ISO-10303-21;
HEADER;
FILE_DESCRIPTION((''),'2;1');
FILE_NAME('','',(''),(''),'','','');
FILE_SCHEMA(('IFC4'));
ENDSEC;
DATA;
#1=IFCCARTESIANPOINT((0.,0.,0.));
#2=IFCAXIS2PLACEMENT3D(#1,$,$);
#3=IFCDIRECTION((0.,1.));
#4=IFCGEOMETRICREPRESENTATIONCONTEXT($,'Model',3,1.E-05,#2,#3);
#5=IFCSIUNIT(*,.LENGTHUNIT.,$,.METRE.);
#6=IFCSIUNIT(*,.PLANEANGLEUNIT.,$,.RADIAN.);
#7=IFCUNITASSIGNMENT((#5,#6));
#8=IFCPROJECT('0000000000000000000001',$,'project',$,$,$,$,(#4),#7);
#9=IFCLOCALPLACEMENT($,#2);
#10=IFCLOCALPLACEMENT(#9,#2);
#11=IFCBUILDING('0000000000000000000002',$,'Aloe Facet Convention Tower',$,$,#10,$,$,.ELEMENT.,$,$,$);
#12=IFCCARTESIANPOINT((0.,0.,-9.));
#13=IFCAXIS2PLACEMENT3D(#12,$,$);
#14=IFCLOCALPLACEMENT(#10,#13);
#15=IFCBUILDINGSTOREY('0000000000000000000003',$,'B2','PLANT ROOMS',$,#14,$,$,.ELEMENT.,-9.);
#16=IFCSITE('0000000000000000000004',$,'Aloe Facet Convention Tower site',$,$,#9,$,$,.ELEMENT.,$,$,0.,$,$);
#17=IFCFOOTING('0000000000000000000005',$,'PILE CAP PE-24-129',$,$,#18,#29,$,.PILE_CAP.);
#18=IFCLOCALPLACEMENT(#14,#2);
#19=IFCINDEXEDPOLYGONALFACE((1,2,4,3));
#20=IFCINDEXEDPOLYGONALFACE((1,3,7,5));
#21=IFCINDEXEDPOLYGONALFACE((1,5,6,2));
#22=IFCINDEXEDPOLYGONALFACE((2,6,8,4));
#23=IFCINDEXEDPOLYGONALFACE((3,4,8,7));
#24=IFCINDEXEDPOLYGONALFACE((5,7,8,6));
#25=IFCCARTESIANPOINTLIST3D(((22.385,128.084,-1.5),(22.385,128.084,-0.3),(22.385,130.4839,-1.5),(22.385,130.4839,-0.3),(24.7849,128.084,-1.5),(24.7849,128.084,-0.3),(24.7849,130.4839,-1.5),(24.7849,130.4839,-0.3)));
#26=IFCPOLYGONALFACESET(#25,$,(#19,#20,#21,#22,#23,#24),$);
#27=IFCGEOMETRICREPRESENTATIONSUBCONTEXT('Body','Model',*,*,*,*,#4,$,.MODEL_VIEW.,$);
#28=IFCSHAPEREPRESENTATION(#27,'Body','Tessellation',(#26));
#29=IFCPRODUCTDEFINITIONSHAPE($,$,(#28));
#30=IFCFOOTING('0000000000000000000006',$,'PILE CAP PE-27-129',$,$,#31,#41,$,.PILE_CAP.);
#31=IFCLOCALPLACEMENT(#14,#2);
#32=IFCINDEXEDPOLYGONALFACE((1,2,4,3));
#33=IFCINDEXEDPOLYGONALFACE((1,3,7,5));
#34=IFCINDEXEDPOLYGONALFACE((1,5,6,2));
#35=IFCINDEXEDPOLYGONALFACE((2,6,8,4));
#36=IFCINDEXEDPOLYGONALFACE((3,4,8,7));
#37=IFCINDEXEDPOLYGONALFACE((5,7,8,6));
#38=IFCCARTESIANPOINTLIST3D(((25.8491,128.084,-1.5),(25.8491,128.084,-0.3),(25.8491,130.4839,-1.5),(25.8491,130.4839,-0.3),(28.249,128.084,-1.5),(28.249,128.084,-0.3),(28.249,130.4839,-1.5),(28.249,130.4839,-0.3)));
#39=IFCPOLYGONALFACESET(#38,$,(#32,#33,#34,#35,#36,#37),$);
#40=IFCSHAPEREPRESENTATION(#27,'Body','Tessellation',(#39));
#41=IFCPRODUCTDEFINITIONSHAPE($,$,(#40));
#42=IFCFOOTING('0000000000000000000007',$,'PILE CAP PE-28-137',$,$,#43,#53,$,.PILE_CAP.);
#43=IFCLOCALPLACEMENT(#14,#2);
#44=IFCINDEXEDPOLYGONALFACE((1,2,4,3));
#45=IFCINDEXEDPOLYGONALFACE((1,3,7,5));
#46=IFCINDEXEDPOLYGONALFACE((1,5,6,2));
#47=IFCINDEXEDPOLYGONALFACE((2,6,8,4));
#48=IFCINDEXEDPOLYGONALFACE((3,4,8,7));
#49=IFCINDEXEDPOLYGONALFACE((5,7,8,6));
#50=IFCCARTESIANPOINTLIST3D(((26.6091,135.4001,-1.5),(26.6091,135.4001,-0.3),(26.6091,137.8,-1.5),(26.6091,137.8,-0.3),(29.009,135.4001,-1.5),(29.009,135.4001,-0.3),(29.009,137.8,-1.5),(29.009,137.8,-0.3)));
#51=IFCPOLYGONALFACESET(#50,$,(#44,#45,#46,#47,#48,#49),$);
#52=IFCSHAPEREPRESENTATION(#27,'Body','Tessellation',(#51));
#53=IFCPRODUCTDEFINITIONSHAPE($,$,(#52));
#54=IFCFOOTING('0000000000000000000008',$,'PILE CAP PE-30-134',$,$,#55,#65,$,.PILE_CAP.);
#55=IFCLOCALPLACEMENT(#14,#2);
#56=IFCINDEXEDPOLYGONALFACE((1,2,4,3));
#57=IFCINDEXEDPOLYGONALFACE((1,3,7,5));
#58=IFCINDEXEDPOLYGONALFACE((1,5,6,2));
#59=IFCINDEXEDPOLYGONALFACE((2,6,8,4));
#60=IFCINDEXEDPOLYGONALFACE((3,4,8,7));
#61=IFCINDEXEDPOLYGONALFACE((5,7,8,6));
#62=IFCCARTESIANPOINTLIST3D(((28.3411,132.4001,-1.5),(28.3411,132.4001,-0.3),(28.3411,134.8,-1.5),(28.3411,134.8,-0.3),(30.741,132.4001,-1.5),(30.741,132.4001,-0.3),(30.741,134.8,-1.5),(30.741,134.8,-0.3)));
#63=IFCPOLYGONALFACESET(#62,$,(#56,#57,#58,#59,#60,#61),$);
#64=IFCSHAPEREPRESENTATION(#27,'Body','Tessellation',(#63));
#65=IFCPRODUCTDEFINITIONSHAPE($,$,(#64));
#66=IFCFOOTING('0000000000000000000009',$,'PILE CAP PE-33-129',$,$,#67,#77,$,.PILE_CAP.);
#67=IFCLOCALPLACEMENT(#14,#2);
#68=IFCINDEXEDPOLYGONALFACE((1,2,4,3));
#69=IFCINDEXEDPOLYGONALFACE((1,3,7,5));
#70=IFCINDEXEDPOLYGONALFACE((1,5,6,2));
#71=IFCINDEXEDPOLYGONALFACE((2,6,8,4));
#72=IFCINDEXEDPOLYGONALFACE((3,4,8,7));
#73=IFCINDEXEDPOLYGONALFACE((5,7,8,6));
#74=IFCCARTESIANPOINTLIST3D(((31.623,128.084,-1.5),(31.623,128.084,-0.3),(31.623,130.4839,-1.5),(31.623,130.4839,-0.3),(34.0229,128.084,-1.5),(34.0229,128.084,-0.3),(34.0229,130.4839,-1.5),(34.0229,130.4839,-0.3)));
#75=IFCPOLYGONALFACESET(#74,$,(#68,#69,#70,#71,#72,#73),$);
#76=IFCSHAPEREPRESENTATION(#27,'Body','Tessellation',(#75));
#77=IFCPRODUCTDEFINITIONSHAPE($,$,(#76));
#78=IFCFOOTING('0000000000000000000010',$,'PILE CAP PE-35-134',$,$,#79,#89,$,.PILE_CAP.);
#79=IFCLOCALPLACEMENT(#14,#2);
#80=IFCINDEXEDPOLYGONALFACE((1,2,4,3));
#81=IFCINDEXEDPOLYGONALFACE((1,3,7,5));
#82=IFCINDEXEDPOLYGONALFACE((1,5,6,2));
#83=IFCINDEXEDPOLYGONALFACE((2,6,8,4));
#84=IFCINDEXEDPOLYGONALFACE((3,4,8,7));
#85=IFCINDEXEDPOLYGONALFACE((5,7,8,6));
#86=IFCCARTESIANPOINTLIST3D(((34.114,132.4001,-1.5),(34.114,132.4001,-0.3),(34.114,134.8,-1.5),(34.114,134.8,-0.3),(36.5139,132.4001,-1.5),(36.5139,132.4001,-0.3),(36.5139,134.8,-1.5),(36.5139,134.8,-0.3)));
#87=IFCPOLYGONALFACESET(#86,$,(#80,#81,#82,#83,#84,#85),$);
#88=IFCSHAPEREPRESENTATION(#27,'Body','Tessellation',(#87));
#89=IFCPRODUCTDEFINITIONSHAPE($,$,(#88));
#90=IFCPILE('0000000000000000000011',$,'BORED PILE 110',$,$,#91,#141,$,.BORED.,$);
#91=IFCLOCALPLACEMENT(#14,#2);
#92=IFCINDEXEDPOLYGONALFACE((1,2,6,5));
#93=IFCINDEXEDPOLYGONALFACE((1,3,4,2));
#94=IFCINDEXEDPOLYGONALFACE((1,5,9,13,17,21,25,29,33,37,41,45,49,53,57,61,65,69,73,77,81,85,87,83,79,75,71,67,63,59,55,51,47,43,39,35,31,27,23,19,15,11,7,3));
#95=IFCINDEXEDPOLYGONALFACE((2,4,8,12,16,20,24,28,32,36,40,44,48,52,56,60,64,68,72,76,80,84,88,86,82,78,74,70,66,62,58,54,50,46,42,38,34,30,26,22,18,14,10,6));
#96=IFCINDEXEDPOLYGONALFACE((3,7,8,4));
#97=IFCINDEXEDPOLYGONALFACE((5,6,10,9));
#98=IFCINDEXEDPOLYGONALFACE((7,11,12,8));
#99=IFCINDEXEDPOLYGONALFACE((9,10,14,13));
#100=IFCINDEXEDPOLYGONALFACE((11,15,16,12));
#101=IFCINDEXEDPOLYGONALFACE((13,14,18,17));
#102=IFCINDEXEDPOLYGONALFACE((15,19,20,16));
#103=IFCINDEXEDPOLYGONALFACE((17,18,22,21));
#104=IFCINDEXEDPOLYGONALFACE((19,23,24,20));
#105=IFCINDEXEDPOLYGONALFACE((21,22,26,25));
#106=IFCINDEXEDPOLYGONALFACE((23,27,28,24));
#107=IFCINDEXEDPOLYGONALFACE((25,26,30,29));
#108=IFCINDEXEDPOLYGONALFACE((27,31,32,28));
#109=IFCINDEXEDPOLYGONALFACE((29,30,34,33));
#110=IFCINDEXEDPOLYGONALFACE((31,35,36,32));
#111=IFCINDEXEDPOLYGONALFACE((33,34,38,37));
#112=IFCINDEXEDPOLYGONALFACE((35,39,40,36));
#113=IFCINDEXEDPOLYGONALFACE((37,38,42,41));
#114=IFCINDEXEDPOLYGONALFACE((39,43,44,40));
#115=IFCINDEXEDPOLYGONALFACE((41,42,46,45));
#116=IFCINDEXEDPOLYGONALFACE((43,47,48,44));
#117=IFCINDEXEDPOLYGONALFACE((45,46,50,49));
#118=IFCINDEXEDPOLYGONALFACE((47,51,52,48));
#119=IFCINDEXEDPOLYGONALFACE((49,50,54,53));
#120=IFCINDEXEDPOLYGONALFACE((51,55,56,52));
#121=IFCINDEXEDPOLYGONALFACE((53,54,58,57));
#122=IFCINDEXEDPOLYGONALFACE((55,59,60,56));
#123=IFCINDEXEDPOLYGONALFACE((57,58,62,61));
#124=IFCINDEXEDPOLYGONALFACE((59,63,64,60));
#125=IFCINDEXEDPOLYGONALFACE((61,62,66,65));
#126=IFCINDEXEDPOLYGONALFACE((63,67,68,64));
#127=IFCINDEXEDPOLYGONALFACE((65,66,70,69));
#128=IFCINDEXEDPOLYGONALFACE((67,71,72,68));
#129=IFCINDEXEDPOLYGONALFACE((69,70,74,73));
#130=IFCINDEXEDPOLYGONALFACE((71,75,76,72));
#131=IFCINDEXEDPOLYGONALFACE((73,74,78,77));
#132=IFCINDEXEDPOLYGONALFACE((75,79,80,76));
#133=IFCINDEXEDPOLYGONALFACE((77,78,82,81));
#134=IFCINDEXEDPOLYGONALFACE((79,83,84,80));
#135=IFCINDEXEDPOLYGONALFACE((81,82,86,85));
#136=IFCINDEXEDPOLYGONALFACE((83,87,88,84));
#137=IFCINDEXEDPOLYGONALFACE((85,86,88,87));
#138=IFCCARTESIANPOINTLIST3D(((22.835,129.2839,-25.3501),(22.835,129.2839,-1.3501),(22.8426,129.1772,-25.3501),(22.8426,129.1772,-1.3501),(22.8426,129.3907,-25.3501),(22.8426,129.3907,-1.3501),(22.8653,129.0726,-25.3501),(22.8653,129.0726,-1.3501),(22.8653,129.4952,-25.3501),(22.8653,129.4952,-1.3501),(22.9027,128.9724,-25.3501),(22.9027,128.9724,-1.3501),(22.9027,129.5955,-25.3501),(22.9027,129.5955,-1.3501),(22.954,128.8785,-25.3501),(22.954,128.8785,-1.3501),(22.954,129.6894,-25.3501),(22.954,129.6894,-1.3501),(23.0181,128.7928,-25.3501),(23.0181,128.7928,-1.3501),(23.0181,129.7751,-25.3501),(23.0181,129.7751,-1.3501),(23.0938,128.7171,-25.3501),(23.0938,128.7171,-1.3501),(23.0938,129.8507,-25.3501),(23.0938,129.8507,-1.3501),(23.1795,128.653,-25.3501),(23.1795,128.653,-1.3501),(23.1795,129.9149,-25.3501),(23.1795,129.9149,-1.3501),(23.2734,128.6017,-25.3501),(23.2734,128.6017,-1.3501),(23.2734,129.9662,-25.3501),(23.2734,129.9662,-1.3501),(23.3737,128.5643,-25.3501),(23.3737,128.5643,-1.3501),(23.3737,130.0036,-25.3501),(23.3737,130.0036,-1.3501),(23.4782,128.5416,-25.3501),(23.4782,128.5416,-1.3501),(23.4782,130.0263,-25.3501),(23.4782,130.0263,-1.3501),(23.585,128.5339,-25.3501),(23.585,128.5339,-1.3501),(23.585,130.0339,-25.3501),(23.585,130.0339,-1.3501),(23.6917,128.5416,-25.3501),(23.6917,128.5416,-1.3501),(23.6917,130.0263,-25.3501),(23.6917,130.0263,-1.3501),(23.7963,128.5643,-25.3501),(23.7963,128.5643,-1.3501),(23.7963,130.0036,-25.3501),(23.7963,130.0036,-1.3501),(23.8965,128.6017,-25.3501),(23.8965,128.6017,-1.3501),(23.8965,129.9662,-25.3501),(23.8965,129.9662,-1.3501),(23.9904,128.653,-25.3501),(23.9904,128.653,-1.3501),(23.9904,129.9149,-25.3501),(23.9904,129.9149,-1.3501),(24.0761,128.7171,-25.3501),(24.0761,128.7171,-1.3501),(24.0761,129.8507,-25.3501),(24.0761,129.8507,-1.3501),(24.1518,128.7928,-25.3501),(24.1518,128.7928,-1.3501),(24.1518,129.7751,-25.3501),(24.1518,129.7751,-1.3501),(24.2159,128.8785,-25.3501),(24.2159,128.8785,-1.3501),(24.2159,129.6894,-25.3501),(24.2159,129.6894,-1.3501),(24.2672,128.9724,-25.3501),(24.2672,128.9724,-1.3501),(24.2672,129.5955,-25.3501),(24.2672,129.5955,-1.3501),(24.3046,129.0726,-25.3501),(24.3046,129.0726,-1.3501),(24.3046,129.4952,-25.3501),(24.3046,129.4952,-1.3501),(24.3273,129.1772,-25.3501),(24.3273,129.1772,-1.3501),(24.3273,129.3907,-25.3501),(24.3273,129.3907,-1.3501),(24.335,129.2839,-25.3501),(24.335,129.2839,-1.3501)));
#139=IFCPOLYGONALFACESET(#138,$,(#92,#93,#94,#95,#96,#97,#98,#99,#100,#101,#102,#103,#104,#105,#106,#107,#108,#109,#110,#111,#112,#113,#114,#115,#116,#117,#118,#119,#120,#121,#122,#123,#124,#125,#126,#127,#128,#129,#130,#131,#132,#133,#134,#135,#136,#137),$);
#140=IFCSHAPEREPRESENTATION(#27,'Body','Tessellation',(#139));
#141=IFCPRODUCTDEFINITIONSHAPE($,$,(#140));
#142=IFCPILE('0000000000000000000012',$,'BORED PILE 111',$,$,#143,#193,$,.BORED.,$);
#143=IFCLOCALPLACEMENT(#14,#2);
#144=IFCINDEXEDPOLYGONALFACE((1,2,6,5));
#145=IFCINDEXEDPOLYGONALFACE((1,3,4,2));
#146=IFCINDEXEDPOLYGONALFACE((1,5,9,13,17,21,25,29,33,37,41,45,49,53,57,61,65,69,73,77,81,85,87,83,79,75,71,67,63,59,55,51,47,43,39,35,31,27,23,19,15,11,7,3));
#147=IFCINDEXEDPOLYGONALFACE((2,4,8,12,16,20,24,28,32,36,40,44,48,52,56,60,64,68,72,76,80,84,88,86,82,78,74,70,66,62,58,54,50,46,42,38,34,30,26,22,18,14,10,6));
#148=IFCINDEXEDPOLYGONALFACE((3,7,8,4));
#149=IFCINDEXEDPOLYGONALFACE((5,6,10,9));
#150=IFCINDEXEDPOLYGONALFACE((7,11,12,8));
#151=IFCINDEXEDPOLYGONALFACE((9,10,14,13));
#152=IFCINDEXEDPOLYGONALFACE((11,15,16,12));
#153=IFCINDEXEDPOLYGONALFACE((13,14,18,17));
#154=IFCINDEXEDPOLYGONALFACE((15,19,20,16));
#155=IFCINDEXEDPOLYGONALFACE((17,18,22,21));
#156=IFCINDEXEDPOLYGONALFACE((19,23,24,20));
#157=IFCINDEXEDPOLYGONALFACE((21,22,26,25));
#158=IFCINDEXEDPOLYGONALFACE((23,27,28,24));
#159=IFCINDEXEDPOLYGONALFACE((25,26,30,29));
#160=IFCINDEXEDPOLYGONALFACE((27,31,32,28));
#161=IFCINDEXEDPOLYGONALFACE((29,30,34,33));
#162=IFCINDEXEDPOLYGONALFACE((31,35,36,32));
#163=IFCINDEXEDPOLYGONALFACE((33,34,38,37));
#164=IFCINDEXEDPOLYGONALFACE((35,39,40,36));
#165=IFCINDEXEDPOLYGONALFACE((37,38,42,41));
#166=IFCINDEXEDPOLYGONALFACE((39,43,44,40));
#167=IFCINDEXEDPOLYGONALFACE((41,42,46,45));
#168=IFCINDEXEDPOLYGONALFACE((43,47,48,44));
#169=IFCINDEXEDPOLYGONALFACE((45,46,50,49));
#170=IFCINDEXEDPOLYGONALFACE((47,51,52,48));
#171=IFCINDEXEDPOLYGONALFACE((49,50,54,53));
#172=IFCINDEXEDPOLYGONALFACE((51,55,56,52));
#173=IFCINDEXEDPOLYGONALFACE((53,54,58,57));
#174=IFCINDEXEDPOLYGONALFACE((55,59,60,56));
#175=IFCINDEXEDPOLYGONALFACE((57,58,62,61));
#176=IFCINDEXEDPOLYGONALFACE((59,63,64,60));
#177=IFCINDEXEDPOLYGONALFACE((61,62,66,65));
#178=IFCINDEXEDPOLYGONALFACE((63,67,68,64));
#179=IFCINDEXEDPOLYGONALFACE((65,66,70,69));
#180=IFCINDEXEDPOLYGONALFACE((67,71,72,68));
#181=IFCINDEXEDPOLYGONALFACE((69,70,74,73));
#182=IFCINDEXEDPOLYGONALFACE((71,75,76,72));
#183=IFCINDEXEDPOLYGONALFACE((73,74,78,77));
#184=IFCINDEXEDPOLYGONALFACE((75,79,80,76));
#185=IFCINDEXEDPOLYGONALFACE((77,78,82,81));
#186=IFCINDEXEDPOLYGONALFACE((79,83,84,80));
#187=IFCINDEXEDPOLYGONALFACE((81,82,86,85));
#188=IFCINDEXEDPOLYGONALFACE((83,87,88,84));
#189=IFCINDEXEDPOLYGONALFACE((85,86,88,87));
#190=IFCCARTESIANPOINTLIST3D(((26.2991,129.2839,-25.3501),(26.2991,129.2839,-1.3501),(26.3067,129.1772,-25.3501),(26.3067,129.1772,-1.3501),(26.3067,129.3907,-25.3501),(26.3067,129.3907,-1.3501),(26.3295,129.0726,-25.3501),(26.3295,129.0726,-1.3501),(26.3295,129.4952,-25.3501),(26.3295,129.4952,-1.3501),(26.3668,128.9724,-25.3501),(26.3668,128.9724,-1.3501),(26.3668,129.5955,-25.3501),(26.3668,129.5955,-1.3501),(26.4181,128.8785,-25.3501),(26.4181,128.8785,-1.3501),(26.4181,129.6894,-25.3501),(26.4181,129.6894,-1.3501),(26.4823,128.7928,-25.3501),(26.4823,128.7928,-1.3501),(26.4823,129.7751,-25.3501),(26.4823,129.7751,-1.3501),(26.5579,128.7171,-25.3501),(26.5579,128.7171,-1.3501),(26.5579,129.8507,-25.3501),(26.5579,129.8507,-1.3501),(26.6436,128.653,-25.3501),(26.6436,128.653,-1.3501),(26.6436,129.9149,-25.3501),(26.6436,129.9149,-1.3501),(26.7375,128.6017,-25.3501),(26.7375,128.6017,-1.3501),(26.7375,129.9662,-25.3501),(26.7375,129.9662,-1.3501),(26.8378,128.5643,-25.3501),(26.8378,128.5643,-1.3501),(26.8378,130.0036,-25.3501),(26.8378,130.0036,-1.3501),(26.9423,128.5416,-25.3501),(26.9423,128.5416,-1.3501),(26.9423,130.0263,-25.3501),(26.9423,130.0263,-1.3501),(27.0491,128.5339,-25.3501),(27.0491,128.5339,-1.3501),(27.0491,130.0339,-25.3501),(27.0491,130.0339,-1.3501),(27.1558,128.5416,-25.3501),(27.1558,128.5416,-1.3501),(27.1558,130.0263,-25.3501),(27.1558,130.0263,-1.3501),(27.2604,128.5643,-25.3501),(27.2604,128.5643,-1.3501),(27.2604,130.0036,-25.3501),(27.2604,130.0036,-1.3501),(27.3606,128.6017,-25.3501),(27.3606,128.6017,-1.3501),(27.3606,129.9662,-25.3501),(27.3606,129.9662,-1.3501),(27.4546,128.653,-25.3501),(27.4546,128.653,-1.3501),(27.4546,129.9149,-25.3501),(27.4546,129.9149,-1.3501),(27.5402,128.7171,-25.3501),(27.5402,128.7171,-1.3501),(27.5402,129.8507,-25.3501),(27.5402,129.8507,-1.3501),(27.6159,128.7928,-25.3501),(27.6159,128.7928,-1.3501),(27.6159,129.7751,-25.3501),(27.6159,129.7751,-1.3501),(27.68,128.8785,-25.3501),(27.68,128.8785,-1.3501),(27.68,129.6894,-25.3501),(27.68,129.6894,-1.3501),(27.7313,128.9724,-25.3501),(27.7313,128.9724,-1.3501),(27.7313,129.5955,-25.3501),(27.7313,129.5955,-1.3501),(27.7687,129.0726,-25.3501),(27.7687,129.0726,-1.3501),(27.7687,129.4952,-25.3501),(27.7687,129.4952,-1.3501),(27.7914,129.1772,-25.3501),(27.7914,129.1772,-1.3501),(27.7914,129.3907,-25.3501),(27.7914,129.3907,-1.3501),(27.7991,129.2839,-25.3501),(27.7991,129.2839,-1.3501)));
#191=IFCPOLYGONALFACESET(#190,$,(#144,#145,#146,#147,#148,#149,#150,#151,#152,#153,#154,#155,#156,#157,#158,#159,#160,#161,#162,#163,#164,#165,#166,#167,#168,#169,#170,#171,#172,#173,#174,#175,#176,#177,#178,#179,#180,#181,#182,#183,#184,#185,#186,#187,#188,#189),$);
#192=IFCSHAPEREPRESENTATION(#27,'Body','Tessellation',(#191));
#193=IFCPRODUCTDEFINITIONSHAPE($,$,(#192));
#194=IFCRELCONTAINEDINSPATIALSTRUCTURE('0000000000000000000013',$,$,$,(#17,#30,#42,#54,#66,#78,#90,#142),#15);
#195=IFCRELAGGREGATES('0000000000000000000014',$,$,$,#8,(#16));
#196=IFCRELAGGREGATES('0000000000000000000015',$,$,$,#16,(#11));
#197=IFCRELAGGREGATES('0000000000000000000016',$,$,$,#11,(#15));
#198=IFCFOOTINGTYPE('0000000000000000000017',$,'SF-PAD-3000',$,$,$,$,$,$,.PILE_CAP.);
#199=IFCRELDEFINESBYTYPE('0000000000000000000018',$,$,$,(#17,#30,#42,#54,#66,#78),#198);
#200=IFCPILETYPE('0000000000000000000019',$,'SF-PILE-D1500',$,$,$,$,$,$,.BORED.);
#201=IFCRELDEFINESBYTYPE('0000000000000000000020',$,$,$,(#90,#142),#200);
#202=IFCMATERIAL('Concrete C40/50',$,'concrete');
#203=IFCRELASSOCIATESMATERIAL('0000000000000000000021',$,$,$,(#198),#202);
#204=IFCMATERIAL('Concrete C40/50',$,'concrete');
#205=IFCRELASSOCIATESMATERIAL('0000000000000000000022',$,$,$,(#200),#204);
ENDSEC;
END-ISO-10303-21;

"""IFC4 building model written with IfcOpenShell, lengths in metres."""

from ifc_helpers import new_model, si_unit, direction, frame, origin, origin_2d, place, context, subcontext, project, spatial, rectangle, circle, extrude, material, material_profile, profile_set, type_object, element, save


model = new_model("IFC4")

# Units and contexts
model_context = context("Model", 3, precision=1e-05, world=origin(), true_north=direction((0.0, 1.0)))
body_context = subcontext(model_context, "Body", "Model", "MODEL_VIEW")
ifc_project = project(units=[si_unit("LENGTHUNIT", "METRE"), si_unit("PLANEANGLEUNIT", "RADIAN")], contexts=[model_context])

# Site, building, storey
site_placement = place(None, origin())
site = spatial("IfcSite", under=ifc_project, at=site_placement, Name="Aloe Facet Convention Tower site", CompositionType="ELEMENT", RefElevation=0.0)
building_placement = place(site_placement, origin())
building = spatial("IfcBuilding", under=site, at=building_placement, Name="Aloe Facet Convention Tower", CompositionType="ELEMENT")
storey_placement = place(building_placement, frame((0.0, 0.0, -9.0)))
storey = spatial("IfcBuildingStorey", under=building, at=storey_placement, Name="B2", Description="PLANT ROOMS", CompositionType="ELEMENT", Elevation=-9.0)

# Footings
ifc_material_1 = material(Name="Concrete C40/50", Category="concrete")
footing_type = type_object("IfcFootingType", Name="SF-PAD-3000", PredefinedType="PILE_CAP", material=ifc_material_1)
for number, where, z_axis, x_axis, name in (
    (1, (23.585, 129.2839, -1.5), (0.0, 0.0, 1.0), (1.0, 0.0, 0.0), "PILE CAP PE-24-129"),
    (2, (27.0491, 129.2839, -1.5), (0.0, 0.0, 1.0), (1.0, 0.0, 0.0), "PILE CAP PE-27-129"),
    (3, (27.8091, 136.6001, -1.5), (0.0, 0.0, 1.0), (1.0, 0.0, 0.0), "PILE CAP PE-28-137"),
    (4, (29.541, 133.6001, -1.5), (0.0, 0.0, 1.0), (1.0, 0.0, 0.0), "PILE CAP PE-30-134"),
    (5, (32.823, 129.2839, -1.5), (0.0, 0.0, 1.0), (1.0, 0.0, 0.0), "PILE CAP PE-33-129"),
    (6, (35.314, 133.6001, -1.5), (0.0, 0.0, 1.0), (1.0, 0.0, 0.0), "PILE CAP PE-35-134"),
):
    element("IfcFooting", number, at=place(storey_placement, frame(where, z_axis=z_axis, x_axis=x_axis)), inside=storey, type_object=footing_type, Name=name, PredefinedType="PILE_CAP", context=body_context, shape_type="SweptSolid", body=[
        extrude(rectangle(XDim=2.3999, YDim=2.3999, at=origin_2d()), origin(), (0.0, 0.0, 1.0), 1.2),
    ])

# Piles
ifc_material_2 = material(Name="Concrete C40/50", Category="concrete")
ifc_material_profile_1 = material_profile(ifc_material_2, circle(Radius=0.75, at=origin_2d()), Name="D1500")
ifc_profile_set_1 = profile_set([ifc_material_profile_1], Name="Concrete C40/50")
pile_type = type_object("IfcPileType", Name="SF-PILE-D1500", PredefinedType="BORED", material=ifc_profile_set_1)
for number, where, z_axis, x_axis, name in (
    (7, (23.585, 129.2839, -1.3501), (0.0, 0.0, -1.0), (1.0, 0.0, 0.0), "BORED PILE 110"),
    (8, (27.0491, 129.2839, -1.3501), (0.0, 0.0, -1.0), (1.0, 0.0, 0.0), "BORED PILE 111"),
):
    element("IfcPile", number, at=place(storey_placement, frame(where, z_axis=z_axis, x_axis=x_axis)), inside=storey, type_object=pile_type, Name=name, PredefinedType="BORED", context=body_context, shape_type="SweptSolid", body=[
        extrude(circle(Radius=0.75, at=origin_2d()), origin(), (0.0, 0.0, 1.0), 24.0),
    ])

save(model, "model.ifc")
